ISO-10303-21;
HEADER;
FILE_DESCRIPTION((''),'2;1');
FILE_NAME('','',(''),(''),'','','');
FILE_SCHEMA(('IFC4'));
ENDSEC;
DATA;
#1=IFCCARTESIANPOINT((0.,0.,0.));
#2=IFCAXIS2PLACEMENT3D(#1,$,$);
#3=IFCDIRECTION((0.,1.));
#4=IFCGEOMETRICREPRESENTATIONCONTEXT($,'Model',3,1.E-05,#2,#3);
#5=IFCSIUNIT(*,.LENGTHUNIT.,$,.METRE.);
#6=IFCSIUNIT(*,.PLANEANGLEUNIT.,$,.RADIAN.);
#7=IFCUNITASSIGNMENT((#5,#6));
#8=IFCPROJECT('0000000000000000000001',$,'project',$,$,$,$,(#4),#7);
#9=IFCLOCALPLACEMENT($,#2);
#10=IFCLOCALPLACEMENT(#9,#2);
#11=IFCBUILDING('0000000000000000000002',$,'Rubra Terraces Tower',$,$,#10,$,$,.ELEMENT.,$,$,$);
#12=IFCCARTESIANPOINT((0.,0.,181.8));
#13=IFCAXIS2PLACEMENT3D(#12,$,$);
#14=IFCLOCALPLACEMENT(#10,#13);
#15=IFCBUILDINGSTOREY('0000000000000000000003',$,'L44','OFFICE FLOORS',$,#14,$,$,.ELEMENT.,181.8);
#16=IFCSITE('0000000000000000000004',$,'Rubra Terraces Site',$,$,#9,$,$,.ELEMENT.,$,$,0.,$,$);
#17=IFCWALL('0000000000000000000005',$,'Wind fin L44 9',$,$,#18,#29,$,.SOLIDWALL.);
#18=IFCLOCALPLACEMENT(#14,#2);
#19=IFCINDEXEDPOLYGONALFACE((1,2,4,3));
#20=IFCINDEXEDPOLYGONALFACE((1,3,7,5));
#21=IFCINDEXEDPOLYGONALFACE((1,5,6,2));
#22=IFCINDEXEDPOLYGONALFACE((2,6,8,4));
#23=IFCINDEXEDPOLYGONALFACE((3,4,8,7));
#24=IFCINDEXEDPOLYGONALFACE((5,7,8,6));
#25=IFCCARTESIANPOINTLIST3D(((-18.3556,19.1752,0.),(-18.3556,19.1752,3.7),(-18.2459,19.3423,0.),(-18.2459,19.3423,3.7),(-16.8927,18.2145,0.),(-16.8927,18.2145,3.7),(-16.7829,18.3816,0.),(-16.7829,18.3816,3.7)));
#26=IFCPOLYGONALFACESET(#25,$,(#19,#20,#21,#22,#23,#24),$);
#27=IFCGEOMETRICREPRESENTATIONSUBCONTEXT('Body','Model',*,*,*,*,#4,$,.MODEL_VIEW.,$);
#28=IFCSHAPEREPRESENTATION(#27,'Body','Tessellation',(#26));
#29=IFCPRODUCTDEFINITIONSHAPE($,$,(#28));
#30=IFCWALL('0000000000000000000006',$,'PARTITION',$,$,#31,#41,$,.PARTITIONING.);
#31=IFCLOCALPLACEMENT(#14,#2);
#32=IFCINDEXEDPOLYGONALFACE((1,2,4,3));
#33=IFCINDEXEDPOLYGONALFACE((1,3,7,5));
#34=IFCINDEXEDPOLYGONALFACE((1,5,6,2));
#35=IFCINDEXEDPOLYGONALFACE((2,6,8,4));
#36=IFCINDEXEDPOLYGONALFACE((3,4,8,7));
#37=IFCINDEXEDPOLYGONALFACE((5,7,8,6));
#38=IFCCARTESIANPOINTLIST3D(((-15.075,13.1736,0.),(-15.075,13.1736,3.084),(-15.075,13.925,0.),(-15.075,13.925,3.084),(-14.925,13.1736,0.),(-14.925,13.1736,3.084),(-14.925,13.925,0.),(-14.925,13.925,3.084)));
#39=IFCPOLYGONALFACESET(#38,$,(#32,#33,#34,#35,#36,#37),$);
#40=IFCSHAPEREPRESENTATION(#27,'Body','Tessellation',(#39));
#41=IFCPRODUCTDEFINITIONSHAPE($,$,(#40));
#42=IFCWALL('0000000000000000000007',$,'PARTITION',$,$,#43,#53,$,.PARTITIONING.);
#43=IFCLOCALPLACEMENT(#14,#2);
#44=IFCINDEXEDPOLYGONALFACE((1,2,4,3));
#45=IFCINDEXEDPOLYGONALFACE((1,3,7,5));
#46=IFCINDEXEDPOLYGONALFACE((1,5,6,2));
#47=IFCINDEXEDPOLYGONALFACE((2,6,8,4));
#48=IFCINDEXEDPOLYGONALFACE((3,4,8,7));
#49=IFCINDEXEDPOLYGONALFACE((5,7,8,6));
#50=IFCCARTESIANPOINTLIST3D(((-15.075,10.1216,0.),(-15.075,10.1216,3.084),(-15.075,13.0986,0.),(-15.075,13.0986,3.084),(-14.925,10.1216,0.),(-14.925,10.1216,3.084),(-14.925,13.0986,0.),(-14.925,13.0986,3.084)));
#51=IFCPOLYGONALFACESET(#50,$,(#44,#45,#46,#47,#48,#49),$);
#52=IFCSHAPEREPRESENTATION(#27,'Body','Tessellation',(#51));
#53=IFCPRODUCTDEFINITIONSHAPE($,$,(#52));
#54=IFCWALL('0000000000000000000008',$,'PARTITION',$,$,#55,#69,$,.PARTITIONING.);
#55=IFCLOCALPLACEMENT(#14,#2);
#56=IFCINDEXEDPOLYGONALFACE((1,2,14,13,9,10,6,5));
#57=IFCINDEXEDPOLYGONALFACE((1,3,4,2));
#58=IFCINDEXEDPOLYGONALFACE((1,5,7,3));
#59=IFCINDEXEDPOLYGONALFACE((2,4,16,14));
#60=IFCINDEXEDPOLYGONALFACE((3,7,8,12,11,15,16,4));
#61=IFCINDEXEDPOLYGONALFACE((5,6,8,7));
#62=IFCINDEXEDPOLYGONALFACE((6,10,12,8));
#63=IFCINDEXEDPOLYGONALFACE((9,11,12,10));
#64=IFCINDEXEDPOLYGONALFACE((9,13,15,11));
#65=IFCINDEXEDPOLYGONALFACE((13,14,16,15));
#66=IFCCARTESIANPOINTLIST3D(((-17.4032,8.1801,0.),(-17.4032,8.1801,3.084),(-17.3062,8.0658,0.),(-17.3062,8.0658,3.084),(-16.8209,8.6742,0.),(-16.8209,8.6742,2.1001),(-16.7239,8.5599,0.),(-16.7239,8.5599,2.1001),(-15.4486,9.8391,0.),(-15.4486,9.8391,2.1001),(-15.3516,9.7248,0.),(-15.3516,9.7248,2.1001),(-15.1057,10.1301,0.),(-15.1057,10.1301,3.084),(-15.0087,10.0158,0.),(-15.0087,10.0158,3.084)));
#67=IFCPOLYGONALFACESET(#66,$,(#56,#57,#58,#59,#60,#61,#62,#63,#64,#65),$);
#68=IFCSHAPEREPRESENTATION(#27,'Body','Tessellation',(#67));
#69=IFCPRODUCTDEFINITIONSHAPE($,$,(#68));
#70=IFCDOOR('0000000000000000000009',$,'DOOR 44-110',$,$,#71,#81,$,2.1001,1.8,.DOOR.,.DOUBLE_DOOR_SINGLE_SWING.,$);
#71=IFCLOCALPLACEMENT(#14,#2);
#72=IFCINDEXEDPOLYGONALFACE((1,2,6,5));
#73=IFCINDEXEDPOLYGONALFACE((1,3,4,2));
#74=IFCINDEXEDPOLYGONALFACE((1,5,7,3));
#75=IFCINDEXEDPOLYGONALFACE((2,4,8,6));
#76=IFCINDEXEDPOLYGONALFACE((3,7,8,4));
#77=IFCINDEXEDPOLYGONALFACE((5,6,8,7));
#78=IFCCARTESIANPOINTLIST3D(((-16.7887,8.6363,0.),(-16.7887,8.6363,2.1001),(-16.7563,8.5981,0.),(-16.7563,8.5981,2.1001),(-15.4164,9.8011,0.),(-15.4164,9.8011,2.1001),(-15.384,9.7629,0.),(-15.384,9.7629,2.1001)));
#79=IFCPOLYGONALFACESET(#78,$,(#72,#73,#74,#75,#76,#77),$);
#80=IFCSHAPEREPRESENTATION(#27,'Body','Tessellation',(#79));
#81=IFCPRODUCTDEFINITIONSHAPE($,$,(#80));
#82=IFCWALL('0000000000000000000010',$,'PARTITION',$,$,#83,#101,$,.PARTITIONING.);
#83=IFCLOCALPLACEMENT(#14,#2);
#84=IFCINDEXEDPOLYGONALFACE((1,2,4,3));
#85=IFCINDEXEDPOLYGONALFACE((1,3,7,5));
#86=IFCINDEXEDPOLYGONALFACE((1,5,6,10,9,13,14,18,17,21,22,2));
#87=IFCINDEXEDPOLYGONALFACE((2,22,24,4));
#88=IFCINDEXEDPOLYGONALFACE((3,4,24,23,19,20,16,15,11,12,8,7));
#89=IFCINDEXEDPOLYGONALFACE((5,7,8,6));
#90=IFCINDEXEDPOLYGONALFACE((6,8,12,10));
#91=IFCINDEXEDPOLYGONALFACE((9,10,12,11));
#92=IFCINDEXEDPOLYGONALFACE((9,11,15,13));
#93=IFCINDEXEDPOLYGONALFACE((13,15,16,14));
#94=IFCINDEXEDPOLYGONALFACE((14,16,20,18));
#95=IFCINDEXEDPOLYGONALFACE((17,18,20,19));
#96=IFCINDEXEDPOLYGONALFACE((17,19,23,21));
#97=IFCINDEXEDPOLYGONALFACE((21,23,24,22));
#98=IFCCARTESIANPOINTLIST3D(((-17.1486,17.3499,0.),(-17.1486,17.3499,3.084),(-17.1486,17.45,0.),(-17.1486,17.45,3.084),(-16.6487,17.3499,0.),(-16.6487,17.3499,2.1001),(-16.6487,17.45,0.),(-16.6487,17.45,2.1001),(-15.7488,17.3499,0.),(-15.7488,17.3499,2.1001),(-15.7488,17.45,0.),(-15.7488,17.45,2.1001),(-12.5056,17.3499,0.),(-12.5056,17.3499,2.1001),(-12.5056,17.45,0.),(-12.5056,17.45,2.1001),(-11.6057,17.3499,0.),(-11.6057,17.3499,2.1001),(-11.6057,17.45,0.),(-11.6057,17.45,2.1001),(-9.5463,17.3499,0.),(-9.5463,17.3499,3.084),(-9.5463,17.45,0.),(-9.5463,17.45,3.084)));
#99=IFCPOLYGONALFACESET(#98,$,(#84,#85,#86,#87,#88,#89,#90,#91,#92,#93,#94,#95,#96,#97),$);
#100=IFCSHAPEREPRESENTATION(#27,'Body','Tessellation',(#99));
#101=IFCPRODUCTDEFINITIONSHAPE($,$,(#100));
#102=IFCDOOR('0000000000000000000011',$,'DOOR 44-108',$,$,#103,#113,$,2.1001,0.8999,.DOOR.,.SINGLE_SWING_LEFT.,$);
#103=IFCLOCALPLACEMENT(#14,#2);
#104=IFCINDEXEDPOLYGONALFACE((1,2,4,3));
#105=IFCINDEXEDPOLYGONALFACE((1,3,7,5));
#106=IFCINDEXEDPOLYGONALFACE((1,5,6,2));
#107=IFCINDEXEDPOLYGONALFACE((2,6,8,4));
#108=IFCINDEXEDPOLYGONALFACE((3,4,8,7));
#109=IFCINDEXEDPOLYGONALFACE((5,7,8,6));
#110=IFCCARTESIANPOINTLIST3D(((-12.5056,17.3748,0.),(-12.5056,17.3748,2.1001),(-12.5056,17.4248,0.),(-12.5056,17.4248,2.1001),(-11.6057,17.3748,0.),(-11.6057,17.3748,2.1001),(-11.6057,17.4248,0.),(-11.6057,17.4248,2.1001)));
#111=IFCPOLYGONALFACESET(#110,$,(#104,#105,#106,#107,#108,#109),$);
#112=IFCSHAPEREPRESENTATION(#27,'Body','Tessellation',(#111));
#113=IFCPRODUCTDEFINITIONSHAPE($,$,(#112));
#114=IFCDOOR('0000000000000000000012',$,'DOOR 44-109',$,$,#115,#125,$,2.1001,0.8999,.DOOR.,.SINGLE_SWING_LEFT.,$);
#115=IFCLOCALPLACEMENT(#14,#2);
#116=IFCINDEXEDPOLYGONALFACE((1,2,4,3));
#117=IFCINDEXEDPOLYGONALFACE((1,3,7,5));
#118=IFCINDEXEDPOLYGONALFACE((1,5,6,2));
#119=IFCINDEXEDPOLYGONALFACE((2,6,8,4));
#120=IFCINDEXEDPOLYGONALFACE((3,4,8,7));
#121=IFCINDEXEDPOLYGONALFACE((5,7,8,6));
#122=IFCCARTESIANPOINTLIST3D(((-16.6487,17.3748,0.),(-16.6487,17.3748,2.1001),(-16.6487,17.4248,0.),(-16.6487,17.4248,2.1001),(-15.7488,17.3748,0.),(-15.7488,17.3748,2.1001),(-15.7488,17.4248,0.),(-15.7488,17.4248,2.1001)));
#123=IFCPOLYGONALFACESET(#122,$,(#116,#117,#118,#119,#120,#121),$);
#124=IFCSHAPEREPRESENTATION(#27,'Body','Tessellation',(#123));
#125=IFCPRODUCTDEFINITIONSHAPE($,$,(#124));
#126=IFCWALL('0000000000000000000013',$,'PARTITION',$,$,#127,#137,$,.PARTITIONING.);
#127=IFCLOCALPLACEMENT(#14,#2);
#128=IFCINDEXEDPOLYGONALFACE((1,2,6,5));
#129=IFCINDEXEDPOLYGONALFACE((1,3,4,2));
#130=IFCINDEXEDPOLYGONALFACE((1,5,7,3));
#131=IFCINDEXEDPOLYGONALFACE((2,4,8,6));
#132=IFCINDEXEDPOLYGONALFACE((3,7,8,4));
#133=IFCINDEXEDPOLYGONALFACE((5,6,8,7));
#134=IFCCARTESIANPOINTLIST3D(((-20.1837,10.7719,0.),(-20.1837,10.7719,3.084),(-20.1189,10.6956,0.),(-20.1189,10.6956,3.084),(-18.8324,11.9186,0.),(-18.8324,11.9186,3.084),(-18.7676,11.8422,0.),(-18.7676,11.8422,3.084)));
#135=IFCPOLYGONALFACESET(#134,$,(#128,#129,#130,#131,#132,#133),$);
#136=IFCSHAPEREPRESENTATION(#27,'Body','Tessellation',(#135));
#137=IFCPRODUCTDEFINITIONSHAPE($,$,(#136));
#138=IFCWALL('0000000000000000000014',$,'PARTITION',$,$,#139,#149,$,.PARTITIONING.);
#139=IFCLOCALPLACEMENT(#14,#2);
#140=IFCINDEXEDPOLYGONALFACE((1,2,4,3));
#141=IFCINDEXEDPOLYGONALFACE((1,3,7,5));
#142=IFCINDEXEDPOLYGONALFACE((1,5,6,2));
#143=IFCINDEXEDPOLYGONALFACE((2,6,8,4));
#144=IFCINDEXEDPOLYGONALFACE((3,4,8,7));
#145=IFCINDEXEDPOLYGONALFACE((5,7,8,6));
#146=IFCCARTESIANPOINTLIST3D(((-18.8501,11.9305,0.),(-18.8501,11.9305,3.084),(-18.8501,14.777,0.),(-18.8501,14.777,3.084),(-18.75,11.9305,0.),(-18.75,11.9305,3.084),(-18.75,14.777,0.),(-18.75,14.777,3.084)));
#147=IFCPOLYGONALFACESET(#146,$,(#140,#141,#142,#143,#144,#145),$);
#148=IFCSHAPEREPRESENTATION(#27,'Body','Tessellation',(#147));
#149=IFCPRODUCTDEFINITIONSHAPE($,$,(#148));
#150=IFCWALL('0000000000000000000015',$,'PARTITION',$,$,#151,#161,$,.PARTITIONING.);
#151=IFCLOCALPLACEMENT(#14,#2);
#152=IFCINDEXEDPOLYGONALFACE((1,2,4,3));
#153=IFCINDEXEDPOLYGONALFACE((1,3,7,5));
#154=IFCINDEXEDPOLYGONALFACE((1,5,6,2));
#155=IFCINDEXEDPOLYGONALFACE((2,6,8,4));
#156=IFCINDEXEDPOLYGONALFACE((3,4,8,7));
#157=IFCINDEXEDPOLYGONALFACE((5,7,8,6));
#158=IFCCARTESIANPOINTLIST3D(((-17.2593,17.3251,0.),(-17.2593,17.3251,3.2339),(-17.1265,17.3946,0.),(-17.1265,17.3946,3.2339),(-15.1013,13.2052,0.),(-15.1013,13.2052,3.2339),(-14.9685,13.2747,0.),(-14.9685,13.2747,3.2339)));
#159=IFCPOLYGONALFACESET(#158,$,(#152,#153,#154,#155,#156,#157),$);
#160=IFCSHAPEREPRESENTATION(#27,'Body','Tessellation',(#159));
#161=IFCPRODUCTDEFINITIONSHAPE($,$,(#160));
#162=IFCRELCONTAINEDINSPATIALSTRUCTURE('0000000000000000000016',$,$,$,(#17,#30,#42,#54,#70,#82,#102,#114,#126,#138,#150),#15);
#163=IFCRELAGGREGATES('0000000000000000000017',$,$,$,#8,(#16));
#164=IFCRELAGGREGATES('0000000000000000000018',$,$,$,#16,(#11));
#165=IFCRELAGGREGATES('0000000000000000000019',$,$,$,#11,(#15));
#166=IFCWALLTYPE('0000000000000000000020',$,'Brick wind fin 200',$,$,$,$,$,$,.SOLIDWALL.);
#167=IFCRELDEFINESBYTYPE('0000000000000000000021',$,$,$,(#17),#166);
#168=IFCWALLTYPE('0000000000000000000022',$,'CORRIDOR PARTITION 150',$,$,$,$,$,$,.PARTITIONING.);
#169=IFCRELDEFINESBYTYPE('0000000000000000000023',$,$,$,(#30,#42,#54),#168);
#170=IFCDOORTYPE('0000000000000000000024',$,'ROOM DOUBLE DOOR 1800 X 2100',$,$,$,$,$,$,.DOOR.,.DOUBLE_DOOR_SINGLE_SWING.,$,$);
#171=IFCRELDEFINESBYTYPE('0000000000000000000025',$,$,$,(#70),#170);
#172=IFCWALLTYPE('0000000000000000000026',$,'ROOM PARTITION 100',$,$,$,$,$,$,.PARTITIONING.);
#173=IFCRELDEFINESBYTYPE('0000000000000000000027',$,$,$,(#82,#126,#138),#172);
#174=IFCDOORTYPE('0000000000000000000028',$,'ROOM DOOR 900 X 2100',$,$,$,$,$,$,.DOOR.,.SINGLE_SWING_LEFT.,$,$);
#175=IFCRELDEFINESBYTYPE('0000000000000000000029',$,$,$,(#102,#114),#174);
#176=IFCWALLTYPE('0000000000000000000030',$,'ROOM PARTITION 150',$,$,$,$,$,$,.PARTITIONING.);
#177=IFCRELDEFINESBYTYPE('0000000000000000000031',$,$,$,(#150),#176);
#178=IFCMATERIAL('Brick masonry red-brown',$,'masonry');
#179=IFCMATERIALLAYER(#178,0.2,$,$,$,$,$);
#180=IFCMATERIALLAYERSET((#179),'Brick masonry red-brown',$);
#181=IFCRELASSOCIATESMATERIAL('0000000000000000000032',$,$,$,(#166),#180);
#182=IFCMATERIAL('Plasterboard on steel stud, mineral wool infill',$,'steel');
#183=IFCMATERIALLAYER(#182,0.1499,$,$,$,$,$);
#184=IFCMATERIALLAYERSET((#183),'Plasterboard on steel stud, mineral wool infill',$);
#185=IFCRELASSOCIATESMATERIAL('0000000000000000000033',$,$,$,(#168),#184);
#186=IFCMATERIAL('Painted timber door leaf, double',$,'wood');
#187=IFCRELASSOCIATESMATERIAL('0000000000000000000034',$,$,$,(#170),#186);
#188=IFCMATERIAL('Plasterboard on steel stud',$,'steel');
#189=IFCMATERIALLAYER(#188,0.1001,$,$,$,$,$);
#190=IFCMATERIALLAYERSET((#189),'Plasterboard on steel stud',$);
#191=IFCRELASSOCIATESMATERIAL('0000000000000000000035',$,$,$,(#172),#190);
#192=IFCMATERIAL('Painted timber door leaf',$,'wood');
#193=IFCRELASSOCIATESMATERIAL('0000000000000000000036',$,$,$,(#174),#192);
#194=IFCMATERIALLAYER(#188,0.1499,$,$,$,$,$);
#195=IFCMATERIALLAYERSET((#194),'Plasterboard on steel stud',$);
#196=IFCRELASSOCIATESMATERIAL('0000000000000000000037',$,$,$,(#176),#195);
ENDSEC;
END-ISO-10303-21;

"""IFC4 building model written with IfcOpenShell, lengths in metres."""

from ifc_helpers import new_model, si_unit, direction, frame, frame_2d, origin, place, context, subcontext, project, spatial, rectangle, extrude, material, layer, layer_set, type_object, element, fill, save


model = new_model("IFC4")

# Units and contexts
model_context = context("Model", 3, precision=1e-05, world=origin(), true_north=direction((0.0, 1.0)))
body_context = subcontext(model_context, "Body", "Model", "MODEL_VIEW")
ifc_project = project(units=[si_unit("LENGTHUNIT", "METRE"), si_unit("PLANEANGLEUNIT", "RADIAN")], contexts=[model_context])

# Site, building, storey
site_placement = place(None, origin())
site = spatial("IfcSite", under=ifc_project, at=site_placement, Name="Rubra Terraces Site", CompositionType="ELEMENT", RefElevation=0.0)
building_placement = place(site_placement, origin())
building = spatial("IfcBuilding", under=site, at=building_placement, Name="Rubra Terraces Tower", CompositionType="ELEMENT")
storey_placement = place(building_placement, frame((0.0, 0.0, 181.8)))
storey = spatial("IfcBuildingStorey", under=building, at=storey_placement, Name="L44", Description="OFFICE FLOORS", CompositionType="ELEMENT", Elevation=181.8)

# Shared definitions
ifc_material_1 = material(Name="Brick masonry red-brown", Category="masonry")

# Walls
ifc_layer_1 = layer(ifc_material_1, 0.2)
ifc_layer_set_1 = layer_set([ifc_layer_1], Name="Brick masonry red-brown")
wall_type_1 = type_object("IfcWallType", Name="Brick wind fin 200", PredefinedType="SOLIDWALL", material=ifc_layer_set_1)
wall_1_placement = place(storey_placement, frame((-16.8379, 18.2981, 0.0), z_axis=(0.0, 0.0, 1.0), x_axis=(-0.835872, 0.548925, 0.0)))
element("IfcWall", 1, at=wall_1_placement, inside=storey, type_object=wall_type_1, Name="Wind fin L44 9", PredefinedType="SOLIDWALL", context=body_context, shape_type="SweptSolid", body=[
    extrude(rectangle(XDim=1.7502, YDim=0.2, at=frame_2d((0.875, 0.0))), origin(), (0.0, 0.0, 1.0), 3.7),
])
ifc_material_2 = material(Name="Plasterboard on steel stud, mineral wool infill", Category="steel")
ifc_layer_2 = layer(ifc_material_2, 0.1499)
ifc_layer_set_2 = layer_set([ifc_layer_2], Name="Plasterboard on steel stud, mineral wool infill")
wall_type_2 = type_object("IfcWallType", Name="CORRIDOR PARTITION 150", PredefinedType="PARTITIONING", material=ifc_layer_set_2)
wall_2_placement = place(storey_placement, frame((-15.0, 13.925, 0.0), z_axis=(0.0, 0.0, 1.0), x_axis=(0.0, -1.0, 0.0)))
element("IfcWall", 2, at=wall_2_placement, inside=storey, type_object=wall_type_2, Name="PARTITION", PredefinedType="PARTITIONING", context=body_context, shape_type="SweptSolid", body=[
    extrude(rectangle(XDim=0.7515, YDim=0.1499, at=frame_2d((0.3757, 0.0))), origin(), (0.0, 0.0, 1.0), 3.084),
])
wall_3_placement = place(storey_placement, frame((-15.0, 13.0986, 0.0), z_axis=(0.0, 0.0, 1.0), x_axis=(0.0, -1.0, 0.0)))
element("IfcWall", 3, at=wall_3_placement, inside=storey, type_object=wall_type_2, Name="PARTITION", PredefinedType="PARTITIONING", context=body_context, shape_type="SweptSolid", body=[
    extrude(rectangle(XDim=2.9771, YDim=0.1499, at=frame_2d((1.4885, 0.0))), origin(), (0.0, 0.0, 1.0), 3.084),
])

# Wall, opening, door
wall_4_placement = place(storey_placement, frame((-15.0571, 10.073, 0.0), z_axis=(0.0, 0.0, 1.0), x_axis=(-0.762399, -0.647107, 0.0)))
wall_4 = element("IfcWall", 4, at=wall_4_placement, inside=storey, type_object=wall_type_2, Name="PARTITION", PredefinedType="PARTITIONING", context=body_context, shape_type="SweptSolid", body=[
    extrude(rectangle(XDim=3.0134, YDim=0.1499, at=frame_2d((1.5068, 0.0))), origin(), (0.0, 0.0, 1.0), 3.084),
])
opening_1_placement = place(wall_4_placement, frame((0.45, 0.0, 0.0)))
opening_1 = element("IfcOpeningElement", 5, at=opening_1_placement, cuts=wall_4, PredefinedType="OPENING", context=body_context, shape_type="SweptSolid", body=[
    extrude(rectangle(XDim=1.8, YDim=2.1001, at=frame_2d((0.8999, 1.05))), frame((0.0, 0.085, 0.0), z_axis=(0.0, -1.0, 0.0), x_axis=(1.0, 0.0, 0.0)), (0.0, 0.0, 1.0), 0.1699),
])
ifc_material_3 = material(Name="Painted timber door leaf, double", Category="wood")
door_type_1 = type_object("IfcDoorType", Name="ROOM DOUBLE DOOR 1800 X 2100", OperationType="DOUBLE_DOOR_SINGLE_SWING", PredefinedType="DOOR", material=ifc_material_3)
door_1_placement = place(opening_1_placement, origin())
door_1 = element("IfcDoor", 6, at=door_1_placement, inside=storey, type_object=door_type_1, Name="DOOR 44-110", OperationType="DOUBLE_DOOR_SINGLE_SWING", OverallHeight=2.1001, OverallWidth=1.8, PredefinedType="DOOR", context=body_context, shape_type="SweptSolid", body=[
    extrude(rectangle(XDim=1.8, YDim=2.1001, at=frame_2d((0.8999, 1.05))), frame((0.0, 0.0249, 0.0), z_axis=(0.0, -1.0, 0.0), x_axis=(1.0, 0.0, 0.0)), (0.0, 0.0, 1.0), 0.05),
])
fill(opening_1, door_1)

# Wall, openings, doors
ifc_material_4 = material(Name="Plasterboard on steel stud", Category="steel")
ifc_layer_3 = layer(ifc_material_4, 0.1001)
ifc_layer_set_3 = layer_set([ifc_layer_3], Name="Plasterboard on steel stud")
wall_type_3 = type_object("IfcWallType", Name="ROOM PARTITION 100", PredefinedType="PARTITIONING", material=ifc_layer_set_3)
wall_5_placement = place(storey_placement, frame((-17.1487, 17.3999, 0.0), z_axis=(0.0, 0.0, 1.0), x_axis=(1.0, 0.0, 0.0)))
wall_5 = element("IfcWall", 7, at=wall_5_placement, inside=storey, type_object=wall_type_3, Name="PARTITION", PredefinedType="PARTITIONING", context=body_context, shape_type="SweptSolid", body=[
    extrude(rectangle(XDim=7.6023, YDim=0.1001, at=frame_2d((3.8013, 0.0))), origin(), (0.0, 0.0, 1.0), 3.084),
])
opening_2_placement = place(wall_5_placement, frame((4.6431, 0.0, 0.0)))
opening_2 = element("IfcOpeningElement", 8, at=opening_2_placement, cuts=wall_5, PredefinedType="OPENING", context=body_context, shape_type="SweptSolid", body=[
    extrude(rectangle(XDim=0.8999, YDim=2.1001, at=frame_2d((0.45, 1.05))), frame((0.0, 0.0601, 0.0), z_axis=(0.0, -1.0, 0.0), x_axis=(1.0, 0.0, 0.0)), (0.0, 0.0, 1.0), 0.1201),
])
opening_3_placement = place(wall_5_placement, frame((0.5, 0.0, 0.0)))
opening_3 = element("IfcOpeningElement", 9, at=opening_3_placement, cuts=wall_5, PredefinedType="OPENING", context=body_context, shape_type="SweptSolid", body=[
    extrude(rectangle(XDim=0.8999, YDim=2.1001, at=frame_2d((0.45, 1.05))), frame((0.0, 0.0601, 0.0), z_axis=(0.0, -1.0, 0.0), x_axis=(1.0, 0.0, 0.0)), (0.0, 0.0, 1.0), 0.1201),
])
ifc_material_5 = material(Name="Painted timber door leaf", Category="wood")
door_type_2 = type_object("IfcDoorType", Name="ROOM DOOR 900 X 2100", OperationType="SINGLE_SWING_LEFT", PredefinedType="DOOR", material=ifc_material_5)
door_2_placement = place(opening_2_placement, origin())
door_2 = element("IfcDoor", 10, at=door_2_placement, inside=storey, type_object=door_type_2, Name="DOOR 44-108", OperationType="SINGLE_SWING_LEFT", OverallHeight=2.1001, OverallWidth=0.8999, PredefinedType="DOOR", context=body_context, shape_type="SweptSolid", body=[
    extrude(rectangle(XDim=0.8999, YDim=2.1001, at=frame_2d((0.45, 1.05))), frame((0.0, 0.0249, 0.0), z_axis=(0.0, -1.0, 0.0), x_axis=(1.0, 0.0, 0.0)), (0.0, 0.0, 1.0), 0.05),
])
fill(opening_2, door_2)
door_3_placement = place(opening_3_placement, origin())
door_3 = element("IfcDoor", 11, at=door_3_placement, inside=storey, type_object=door_type_2, Name="DOOR 44-109", OperationType="SINGLE_SWING_LEFT", OverallHeight=2.1001, OverallWidth=0.8999, PredefinedType="DOOR", context=body_context, shape_type="SweptSolid", body=[
    extrude(rectangle(XDim=0.8999, YDim=2.1001, at=frame_2d((0.45, 1.05))), frame((0.0, 0.0249, 0.0), z_axis=(0.0, -1.0, 0.0), x_axis=(1.0, 0.0, 0.0)), (0.0, 0.0, 1.0), 0.05),
])
fill(opening_3, door_3)

# Walls
wall_6_placement = place(storey_placement, frame((-20.1514, 10.7336, 0.0), z_axis=(0.0, 0.0, 1.0), x_axis=(0.762466, 0.647028, 0.0)))
element("IfcWall", 12, at=wall_6_placement, inside=storey, type_object=wall_type_3, Name="PARTITION", PredefinedType="PARTITIONING", context=body_context, shape_type="SweptSolid", body=[
    extrude(rectangle(XDim=1.7722, YDim=0.1001, at=frame_2d((0.8862, 0.0))), origin(), (0.0, 0.0, 1.0), 3.084),
])
wall_7_placement = place(storey_placement, frame((-18.8, 11.9304, 0.0), z_axis=(0.0, 0.0, 1.0), x_axis=(0.0, 1.0, 0.0)))
element("IfcWall", 13, at=wall_7_placement, inside=storey, type_object=wall_type_3, Name="PARTITION", PredefinedType="PARTITIONING", context=body_context, shape_type="SweptSolid", body=[
    extrude(rectangle(XDim=2.8464, YDim=0.1001, at=frame_2d((1.4233, 0.0))), origin(), (0.0, 0.0, 1.0), 3.084),
])
ifc_layer_4 = layer(ifc_material_4, 0.1499)
ifc_layer_set_4 = layer_set([ifc_layer_4], Name="Plasterboard on steel stud")
wall_type_4 = type_object("IfcWallType", Name="ROOM PARTITION 150", PredefinedType="PARTITIONING", material=ifc_layer_set_4)
wall_8_placement = place(storey_placement, frame((-17.1929, 17.3599, 0.0), z_axis=(0.0, 0.0, 1.0), x_axis=(0.463995, -0.885838, 0.0)))
element("IfcWall", 14, at=wall_8_placement, inside=storey, type_object=wall_type_4, Name="PARTITION", PredefinedType="PARTITIONING", context=body_context, shape_type="SweptSolid", body=[
    extrude(rectangle(XDim=4.6509, YDim=0.1499, at=frame_2d((2.3254, 0.0))), origin(), (0.0, 0.0, 1.0), 3.2339),
])

save(model, "model.ifc")
